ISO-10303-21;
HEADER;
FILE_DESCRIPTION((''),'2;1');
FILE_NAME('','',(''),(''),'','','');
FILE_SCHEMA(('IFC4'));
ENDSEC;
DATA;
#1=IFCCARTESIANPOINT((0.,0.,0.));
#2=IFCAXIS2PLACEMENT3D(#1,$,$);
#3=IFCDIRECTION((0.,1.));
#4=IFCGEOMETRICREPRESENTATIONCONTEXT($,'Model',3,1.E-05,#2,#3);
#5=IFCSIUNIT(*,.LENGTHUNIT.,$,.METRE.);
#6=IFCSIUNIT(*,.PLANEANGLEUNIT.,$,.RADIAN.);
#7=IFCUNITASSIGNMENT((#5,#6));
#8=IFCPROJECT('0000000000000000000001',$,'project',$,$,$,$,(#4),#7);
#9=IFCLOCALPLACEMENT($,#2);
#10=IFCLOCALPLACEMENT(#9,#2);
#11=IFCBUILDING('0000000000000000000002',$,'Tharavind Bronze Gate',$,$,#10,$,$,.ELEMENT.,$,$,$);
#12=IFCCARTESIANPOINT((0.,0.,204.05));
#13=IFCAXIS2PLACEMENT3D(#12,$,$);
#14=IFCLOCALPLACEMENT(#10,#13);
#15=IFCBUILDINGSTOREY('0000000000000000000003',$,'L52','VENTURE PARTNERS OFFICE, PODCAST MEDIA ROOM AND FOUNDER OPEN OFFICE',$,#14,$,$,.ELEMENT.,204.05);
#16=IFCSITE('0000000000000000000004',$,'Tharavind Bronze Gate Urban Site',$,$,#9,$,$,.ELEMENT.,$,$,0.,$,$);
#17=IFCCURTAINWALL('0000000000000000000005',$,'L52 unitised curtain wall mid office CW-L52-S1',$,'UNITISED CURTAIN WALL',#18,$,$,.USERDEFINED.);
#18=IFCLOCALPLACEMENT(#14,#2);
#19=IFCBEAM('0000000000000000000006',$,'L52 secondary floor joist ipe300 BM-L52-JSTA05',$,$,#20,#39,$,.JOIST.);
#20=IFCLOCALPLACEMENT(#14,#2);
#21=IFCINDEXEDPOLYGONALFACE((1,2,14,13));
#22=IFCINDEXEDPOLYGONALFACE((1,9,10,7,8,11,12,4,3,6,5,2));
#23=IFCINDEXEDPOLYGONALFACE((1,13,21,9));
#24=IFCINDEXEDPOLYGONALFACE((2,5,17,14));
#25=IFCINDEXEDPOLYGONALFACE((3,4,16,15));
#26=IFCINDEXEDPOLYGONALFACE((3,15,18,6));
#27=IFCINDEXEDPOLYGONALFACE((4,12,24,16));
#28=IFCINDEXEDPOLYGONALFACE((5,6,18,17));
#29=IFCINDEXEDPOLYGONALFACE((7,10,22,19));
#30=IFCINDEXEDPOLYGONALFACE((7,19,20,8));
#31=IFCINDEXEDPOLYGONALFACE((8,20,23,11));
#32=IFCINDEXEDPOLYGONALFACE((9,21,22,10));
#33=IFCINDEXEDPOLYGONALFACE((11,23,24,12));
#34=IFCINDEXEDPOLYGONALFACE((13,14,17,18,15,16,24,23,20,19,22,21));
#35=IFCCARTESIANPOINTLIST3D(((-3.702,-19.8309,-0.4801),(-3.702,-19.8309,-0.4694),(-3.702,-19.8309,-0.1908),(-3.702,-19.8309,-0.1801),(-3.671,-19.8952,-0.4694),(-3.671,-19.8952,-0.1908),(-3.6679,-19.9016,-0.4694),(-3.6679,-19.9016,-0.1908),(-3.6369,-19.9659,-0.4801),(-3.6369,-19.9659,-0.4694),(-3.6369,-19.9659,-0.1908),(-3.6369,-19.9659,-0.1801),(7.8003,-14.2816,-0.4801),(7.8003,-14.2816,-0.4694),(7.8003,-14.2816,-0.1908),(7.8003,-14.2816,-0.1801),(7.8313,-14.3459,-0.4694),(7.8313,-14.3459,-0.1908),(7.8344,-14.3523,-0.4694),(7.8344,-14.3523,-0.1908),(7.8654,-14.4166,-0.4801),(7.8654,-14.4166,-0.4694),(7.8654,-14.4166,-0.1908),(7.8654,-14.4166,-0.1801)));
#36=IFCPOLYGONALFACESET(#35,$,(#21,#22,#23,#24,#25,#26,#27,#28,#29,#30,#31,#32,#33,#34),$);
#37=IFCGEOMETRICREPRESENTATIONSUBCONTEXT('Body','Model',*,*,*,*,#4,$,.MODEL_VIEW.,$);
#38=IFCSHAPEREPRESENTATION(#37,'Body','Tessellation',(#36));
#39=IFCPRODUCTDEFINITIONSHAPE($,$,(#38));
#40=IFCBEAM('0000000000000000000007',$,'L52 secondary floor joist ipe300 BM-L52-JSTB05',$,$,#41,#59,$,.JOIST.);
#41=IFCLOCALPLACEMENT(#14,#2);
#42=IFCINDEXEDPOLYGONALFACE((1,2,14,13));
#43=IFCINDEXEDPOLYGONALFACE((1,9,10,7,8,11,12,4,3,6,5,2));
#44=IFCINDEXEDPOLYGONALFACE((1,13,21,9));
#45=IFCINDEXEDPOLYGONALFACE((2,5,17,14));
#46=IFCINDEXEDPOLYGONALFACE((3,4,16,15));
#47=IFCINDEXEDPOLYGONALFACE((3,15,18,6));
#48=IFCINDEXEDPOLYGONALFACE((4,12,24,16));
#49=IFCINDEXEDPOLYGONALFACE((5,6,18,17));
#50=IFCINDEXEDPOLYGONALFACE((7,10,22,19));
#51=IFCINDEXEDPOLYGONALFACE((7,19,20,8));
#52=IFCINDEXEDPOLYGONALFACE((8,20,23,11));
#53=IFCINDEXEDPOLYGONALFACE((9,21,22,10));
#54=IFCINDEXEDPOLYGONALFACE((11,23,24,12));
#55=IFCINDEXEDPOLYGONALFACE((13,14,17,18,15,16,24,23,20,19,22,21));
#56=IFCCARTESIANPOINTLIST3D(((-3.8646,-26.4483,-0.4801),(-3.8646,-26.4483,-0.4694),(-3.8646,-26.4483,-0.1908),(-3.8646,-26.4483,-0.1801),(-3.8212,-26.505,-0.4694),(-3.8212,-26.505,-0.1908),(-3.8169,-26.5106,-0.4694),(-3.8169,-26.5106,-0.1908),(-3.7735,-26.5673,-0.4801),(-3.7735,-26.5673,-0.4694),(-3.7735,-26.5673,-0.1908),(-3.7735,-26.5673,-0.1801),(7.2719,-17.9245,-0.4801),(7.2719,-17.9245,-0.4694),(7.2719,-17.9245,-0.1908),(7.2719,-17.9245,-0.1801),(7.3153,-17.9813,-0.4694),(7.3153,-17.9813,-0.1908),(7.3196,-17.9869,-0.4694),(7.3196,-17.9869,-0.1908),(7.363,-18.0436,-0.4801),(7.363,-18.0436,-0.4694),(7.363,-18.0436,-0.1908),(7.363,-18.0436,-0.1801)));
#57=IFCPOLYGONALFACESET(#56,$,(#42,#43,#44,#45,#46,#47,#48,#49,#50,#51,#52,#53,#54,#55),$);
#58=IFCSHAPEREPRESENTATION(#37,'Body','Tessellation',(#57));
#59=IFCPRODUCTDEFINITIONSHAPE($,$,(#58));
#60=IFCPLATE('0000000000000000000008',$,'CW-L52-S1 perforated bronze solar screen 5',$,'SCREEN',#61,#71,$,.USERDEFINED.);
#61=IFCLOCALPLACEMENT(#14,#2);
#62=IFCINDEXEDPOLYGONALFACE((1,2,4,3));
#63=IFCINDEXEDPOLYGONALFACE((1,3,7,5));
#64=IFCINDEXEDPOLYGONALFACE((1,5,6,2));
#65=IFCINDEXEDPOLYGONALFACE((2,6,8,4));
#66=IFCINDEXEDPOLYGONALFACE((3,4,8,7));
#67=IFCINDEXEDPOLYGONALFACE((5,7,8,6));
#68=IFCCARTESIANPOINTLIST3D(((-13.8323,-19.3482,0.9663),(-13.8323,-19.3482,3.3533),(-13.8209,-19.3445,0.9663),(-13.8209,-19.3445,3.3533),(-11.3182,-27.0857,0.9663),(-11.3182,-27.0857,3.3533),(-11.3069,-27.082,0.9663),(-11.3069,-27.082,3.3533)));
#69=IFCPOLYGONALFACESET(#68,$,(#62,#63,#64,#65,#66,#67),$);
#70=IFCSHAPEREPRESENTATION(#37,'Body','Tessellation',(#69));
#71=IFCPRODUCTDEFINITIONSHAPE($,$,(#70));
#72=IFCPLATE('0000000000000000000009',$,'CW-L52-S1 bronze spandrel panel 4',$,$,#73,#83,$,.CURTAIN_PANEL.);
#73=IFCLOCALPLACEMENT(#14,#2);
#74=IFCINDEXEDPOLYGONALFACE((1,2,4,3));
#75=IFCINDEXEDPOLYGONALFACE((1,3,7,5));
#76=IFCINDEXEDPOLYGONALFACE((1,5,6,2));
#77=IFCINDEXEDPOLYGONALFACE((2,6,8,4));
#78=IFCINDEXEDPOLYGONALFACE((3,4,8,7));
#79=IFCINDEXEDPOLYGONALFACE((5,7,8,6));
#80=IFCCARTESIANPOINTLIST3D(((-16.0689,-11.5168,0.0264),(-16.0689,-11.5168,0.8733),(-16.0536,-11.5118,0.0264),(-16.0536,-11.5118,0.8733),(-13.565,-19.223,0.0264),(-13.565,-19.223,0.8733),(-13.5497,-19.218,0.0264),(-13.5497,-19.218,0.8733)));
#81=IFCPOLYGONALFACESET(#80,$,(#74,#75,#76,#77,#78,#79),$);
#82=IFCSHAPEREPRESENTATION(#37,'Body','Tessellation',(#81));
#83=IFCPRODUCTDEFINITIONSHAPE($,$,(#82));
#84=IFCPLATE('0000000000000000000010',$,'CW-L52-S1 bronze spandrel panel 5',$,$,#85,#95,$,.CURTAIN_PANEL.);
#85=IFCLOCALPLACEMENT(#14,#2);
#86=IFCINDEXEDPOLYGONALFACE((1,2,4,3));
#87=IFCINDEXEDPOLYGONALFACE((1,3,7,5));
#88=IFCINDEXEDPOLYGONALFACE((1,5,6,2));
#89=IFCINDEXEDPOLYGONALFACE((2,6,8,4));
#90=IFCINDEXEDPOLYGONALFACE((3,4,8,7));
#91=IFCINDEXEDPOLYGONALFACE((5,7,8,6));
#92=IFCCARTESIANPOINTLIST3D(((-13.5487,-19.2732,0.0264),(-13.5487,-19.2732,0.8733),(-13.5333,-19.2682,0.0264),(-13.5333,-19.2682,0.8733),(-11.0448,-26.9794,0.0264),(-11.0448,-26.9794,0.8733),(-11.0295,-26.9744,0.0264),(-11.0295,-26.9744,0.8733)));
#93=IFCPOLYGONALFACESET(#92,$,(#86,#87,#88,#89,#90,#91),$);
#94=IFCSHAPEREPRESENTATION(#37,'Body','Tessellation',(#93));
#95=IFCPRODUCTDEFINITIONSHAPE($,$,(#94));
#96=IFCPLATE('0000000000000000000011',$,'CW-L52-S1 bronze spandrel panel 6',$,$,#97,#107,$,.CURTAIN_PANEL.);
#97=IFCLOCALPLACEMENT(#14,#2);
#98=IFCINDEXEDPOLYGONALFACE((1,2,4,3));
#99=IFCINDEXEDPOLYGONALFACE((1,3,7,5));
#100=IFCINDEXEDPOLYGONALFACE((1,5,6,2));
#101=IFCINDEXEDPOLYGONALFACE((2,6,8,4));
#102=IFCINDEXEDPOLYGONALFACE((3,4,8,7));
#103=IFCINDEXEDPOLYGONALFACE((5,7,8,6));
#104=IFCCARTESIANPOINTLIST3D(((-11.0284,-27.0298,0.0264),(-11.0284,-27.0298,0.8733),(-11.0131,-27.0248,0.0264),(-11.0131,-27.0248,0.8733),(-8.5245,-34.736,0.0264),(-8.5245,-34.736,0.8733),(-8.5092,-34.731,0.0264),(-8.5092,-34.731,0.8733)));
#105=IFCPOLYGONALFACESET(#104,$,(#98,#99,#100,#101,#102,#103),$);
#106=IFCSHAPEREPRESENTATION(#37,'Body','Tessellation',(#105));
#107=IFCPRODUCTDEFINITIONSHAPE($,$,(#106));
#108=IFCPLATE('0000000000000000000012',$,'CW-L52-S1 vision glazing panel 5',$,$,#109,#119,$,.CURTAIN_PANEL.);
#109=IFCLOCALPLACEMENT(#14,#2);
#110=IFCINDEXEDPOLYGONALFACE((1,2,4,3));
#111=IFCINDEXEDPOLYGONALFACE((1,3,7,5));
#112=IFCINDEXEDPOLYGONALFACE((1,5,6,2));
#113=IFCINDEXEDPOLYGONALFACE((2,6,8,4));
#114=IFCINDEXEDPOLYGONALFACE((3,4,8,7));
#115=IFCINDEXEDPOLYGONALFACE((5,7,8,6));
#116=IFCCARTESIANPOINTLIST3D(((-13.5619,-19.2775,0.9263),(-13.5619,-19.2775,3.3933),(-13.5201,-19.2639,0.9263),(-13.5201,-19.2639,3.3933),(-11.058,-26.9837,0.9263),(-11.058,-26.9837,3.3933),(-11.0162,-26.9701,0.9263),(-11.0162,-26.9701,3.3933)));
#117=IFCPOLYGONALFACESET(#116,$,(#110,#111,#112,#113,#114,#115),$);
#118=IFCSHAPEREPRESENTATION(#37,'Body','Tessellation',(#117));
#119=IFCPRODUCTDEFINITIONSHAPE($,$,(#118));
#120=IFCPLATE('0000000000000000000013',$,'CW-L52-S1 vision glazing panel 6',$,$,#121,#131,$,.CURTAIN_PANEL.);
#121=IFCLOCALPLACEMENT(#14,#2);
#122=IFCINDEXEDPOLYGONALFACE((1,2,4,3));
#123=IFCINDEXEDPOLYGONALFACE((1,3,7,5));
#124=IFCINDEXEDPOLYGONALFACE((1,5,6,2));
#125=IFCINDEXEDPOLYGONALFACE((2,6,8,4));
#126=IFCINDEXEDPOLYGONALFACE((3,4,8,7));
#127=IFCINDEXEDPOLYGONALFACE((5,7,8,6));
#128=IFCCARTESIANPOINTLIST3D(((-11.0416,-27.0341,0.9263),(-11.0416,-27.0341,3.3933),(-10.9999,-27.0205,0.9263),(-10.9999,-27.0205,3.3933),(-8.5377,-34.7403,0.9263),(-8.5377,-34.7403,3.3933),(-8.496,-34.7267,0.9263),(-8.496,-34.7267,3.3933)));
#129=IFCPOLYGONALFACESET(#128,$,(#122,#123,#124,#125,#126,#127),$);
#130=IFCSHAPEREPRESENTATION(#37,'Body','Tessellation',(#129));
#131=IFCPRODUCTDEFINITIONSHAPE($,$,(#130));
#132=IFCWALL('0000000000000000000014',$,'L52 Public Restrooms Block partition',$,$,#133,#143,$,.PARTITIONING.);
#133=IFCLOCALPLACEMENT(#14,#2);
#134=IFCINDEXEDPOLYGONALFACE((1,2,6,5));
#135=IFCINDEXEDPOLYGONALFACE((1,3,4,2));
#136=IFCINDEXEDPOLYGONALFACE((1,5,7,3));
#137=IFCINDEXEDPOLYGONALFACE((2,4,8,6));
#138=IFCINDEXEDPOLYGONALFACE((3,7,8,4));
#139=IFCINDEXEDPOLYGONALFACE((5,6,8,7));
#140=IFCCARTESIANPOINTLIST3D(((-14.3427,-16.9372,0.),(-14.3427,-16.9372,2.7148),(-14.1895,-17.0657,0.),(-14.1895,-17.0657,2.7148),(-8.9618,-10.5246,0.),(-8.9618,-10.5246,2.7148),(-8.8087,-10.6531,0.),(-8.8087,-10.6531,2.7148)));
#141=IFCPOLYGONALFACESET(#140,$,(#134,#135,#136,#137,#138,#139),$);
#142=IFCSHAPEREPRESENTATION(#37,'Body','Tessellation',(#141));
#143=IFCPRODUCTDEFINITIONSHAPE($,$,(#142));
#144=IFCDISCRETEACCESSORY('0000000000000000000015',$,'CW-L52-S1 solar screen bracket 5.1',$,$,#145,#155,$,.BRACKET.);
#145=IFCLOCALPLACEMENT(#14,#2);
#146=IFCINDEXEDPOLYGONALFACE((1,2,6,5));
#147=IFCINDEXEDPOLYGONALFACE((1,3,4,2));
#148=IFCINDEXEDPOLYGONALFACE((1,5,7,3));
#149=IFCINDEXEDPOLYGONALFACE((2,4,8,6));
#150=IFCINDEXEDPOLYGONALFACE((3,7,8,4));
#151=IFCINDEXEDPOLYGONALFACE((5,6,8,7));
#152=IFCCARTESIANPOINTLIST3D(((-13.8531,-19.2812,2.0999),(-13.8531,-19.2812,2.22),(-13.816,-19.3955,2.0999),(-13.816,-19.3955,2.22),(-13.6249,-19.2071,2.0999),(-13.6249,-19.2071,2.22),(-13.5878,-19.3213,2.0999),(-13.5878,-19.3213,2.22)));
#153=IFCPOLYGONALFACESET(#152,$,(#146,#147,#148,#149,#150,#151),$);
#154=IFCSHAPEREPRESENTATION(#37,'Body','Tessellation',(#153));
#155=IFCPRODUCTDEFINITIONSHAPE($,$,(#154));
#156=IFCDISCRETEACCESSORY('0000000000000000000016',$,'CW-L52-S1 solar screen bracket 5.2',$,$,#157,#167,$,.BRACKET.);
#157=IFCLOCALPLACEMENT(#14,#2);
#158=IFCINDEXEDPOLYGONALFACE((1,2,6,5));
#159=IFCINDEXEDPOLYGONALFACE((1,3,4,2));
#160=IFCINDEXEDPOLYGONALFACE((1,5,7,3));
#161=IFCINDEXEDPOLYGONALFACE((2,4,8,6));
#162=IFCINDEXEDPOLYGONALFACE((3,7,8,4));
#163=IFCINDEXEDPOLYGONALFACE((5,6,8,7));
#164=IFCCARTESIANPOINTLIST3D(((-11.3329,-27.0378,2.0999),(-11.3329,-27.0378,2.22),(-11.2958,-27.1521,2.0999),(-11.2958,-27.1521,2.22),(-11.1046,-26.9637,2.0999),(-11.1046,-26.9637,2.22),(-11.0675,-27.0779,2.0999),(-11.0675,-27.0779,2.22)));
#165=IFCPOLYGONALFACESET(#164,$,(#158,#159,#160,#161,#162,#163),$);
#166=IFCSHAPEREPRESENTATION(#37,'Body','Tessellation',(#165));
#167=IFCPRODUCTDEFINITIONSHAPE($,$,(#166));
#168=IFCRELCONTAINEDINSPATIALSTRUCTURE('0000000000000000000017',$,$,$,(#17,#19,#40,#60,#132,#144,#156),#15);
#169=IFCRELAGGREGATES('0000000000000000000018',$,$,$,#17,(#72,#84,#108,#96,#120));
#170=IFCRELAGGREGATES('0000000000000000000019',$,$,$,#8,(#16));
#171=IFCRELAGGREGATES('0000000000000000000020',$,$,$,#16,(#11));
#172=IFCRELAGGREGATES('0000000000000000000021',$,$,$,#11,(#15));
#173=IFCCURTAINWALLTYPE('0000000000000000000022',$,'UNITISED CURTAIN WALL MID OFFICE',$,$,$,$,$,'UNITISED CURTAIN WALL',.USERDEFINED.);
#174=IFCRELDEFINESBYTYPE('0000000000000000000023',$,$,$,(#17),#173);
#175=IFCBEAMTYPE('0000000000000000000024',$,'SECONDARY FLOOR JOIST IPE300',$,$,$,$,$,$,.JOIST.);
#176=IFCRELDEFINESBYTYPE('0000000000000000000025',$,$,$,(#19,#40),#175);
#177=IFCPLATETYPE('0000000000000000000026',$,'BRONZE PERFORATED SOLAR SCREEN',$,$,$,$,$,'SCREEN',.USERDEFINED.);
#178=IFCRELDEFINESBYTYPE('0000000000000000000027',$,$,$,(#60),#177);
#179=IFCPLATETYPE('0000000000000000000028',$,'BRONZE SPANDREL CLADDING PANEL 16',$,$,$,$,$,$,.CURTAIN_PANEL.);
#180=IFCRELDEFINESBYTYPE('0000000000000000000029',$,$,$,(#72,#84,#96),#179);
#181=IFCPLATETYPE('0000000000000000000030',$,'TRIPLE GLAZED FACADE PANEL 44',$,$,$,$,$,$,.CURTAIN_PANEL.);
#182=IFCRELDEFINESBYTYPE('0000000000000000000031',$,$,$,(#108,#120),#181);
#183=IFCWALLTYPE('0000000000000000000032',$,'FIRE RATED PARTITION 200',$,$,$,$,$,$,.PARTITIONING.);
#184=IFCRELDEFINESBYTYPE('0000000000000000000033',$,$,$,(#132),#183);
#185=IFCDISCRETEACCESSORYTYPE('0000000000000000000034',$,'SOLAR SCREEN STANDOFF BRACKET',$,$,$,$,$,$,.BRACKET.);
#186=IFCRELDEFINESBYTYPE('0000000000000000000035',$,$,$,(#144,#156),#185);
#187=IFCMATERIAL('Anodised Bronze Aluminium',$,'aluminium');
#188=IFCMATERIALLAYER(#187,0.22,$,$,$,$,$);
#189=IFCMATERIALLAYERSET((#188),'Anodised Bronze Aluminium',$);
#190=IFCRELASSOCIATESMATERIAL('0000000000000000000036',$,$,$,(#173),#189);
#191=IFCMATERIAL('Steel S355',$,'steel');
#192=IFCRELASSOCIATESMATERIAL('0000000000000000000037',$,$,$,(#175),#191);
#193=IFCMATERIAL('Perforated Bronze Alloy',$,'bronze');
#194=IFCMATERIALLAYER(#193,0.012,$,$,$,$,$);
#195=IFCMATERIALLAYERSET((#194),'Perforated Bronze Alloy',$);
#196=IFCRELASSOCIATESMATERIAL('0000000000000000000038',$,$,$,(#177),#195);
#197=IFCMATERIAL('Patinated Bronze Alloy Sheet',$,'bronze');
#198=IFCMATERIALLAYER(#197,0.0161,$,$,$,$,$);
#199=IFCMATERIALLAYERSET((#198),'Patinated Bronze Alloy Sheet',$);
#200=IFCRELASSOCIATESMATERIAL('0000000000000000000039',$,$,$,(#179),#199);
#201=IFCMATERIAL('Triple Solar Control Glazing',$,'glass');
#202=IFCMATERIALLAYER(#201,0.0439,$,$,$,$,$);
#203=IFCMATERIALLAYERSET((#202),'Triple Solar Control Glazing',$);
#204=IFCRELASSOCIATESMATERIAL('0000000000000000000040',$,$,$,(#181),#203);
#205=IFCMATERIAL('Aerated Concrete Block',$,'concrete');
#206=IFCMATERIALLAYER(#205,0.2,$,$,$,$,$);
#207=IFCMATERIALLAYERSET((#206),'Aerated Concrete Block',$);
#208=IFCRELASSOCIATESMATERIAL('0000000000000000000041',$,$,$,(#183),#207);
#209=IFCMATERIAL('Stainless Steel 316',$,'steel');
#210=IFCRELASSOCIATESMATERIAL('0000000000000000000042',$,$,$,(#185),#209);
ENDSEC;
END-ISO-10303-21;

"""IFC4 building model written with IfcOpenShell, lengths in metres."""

from ifc_helpers import new_model, si_unit, direction, frame, frame_2d, origin, origin_2d, place, context, subcontext, project, spatial, rectangle, i_section, extrude, material, layer, layer_set, material_profile, profile_set, type_object, element, aggregate, save


model = new_model("IFC4")

# Units and contexts
model_context = context("Model", 3, precision=1e-05, world=origin(), true_north=direction((0.0, 1.0)))
body_context = subcontext(model_context, "Body", "Model", "MODEL_VIEW")
ifc_project = project(units=[si_unit("LENGTHUNIT", "METRE"), si_unit("PLANEANGLEUNIT", "RADIAN")], contexts=[model_context])

# Site, building, storey
site_placement = place(None, origin())
site = spatial("IfcSite", under=ifc_project, at=site_placement, Name="Tharavind Bronze Gate Urban Site", CompositionType="ELEMENT", RefElevation=0.0)
building_placement = place(site_placement, origin())
building = spatial("IfcBuilding", under=site, at=building_placement, Name="Tharavind Bronze Gate", CompositionType="ELEMENT")
storey_placement = place(building_placement, frame((0.0, 0.0, 204.05)))
storey = spatial("IfcBuildingStorey", under=building, at=storey_placement, Name="L52", Description="VENTURE PARTNERS OFFICE, PODCAST MEDIA ROOM AND FOUNDER OPEN OFFICE", CompositionType="ELEMENT", Elevation=204.05)

# Curtain wall
ifc_material_1 = material(Name="Anodised Bronze Aluminium", Category="aluminium")
ifc_layer_1 = layer(ifc_material_1, 0.22)
ifc_layer_set_1 = layer_set([ifc_layer_1], Name="Anodised Bronze Aluminium")
curtain_wall_type = type_object("IfcCurtainWallType", Name="UNITISED CURTAIN WALL MID OFFICE", ElementType="UNITISED CURTAIN WALL", PredefinedType="USERDEFINED", material=ifc_layer_set_1)
curtain_wall_placement = place(storey_placement, origin())
curtain_wall = element("IfcCurtainWall", 1, at=curtain_wall_placement, inside=storey, type_object=curtain_wall_type, Name="L52 unitised curtain wall mid office CW-L52-S1", ObjectType="UNITISED CURTAIN WALL", PredefinedType="USERDEFINED")

# Beams
ifc_material_2 = material(Name="Steel S355", Category="steel")
ifc_material_profile_1 = material_profile(ifc_material_2, i_section(OverallWidth=0.1499, OverallDepth=0.3, WebThickness=0.0071, FlangeThickness=0.0107, at=origin_2d()), Name="IPE300")
ifc_profile_set_1 = profile_set([ifc_material_profile_1], Name="Steel S355")
beam_type_1 = type_object("IfcBeamType", Name="SECONDARY FLOOR JOIST IPE300", PredefinedType="JOIST", material=ifc_profile_set_1)
beam_1_placement = place(storey_placement, frame((-3.6694, -19.8984, -0.3301), z_axis=(0.900658, 0.434529, 0.0), x_axis=(-0.434529, 0.900658, 0.0)))
element("IfcBeam", 2, at=beam_1_placement, inside=storey, type_object=beam_type_1, Name="L52 secondary floor joist ipe300 BM-L52-JSTA05", PredefinedType="JOIST", context=body_context, shape_type="SweptSolid", body=[
    extrude(i_section(OverallWidth=0.1499, OverallDepth=0.3, WebThickness=0.0071, FlangeThickness=0.0107, at=origin_2d()), origin(), (0.0, 0.0, 1.0), 12.771),
])
beam_2_placement = place(storey_placement, frame((-3.8191, -26.5078, -0.3301), z_axis=(0.794098, 0.60779, 0.0), x_axis=(-0.60779, 0.794098, 0.0)))
element("IfcBeam", 3, at=beam_2_placement, inside=storey, type_object=beam_type_1, Name="L52 secondary floor joist ipe300 BM-L52-JSTB05", PredefinedType="JOIST", context=body_context, shape_type="SweptSolid", body=[
    extrude(i_section(OverallWidth=0.1499, OverallDepth=0.3, WebThickness=0.0071, FlangeThickness=0.0107, at=origin_2d()), origin(), (0.0, 0.0, 1.0), 14.0242),
])

# Plates
ifc_material_3 = material(Name="Perforated Bronze Alloy", Category="bronze")
ifc_layer_2 = layer(ifc_material_3, 0.012)
ifc_layer_set_2 = layer_set([ifc_layer_2], Name="Perforated Bronze Alloy")
plate_type_1 = type_object("IfcPlateType", Name="BRONZE PERFORATED SOLAR SCREEN", ElementType="SCREEN", PredefinedType="USERDEFINED", material=ifc_layer_set_2)
plate_1_placement = place(storey_placement, frame((-12.5696, -23.2151, 0.9663), z_axis=(0.0, 0.0, 1.0), x_axis=(0.309017, -0.951057, 0.0)))
element("IfcPlate", 4, at=plate_1_placement, inside=storey, type_object=plate_type_1, Name="CW-L52-S1 perforated bronze solar screen 5", ObjectType="SCREEN", PredefinedType="USERDEFINED", context=body_context, shape_type="SweptSolid", body=[
    extrude(rectangle(XDim=8.1357, YDim=0.012, at=origin_2d()), origin(), (0.0, 0.0, 1.0), 2.387),
])
ifc_material_4 = material(Name="Patinated Bronze Alloy Sheet", Category="bronze")
ifc_layer_3 = layer(ifc_material_4, 0.0161)
ifc_layer_set_3 = layer_set([ifc_layer_3], Name="Patinated Bronze Alloy Sheet")
plate_type_2 = type_object("IfcPlateType", Name="BRONZE SPANDREL CLADDING PANEL 16", PredefinedType="CURTAIN_PANEL", material=ifc_layer_set_3)
plate_2_placement = place(storey_placement, frame((-14.8093, -15.3674, 0.0264), z_axis=(0.0, 0.0, 1.0), x_axis=(0.309017, -0.951057, 0.0)))
plate_2 = element("IfcPlate", 5, at=plate_2_placement, type_object=plate_type_2, Name="CW-L52-S1 bronze spandrel panel 4", PredefinedType="CURTAIN_PANEL", context=body_context, shape_type="SweptSolid", body=[
    extrude(rectangle(XDim=8.1028, YDim=0.0161, at=origin_2d()), origin(), (0.0, 0.0, 1.0), 0.8469),
])
plate_3_placement = place(storey_placement, frame((-12.2891, -23.1238, 0.0264), z_axis=(0.0, 0.0, 1.0), x_axis=(0.309017, -0.951057, 0.0)))
plate_3 = element("IfcPlate", 6, at=plate_3_placement, type_object=plate_type_2, Name="CW-L52-S1 bronze spandrel panel 5", PredefinedType="CURTAIN_PANEL", context=body_context, shape_type="SweptSolid", body=[
    extrude(rectangle(XDim=8.1028, YDim=0.0161, at=origin_2d()), origin(), (0.0, 0.0, 1.0), 0.8469),
])
plate_4_placement = place(storey_placement, frame((-9.7688, -30.8804, 0.0264), z_axis=(0.0, 0.0, 1.0), x_axis=(0.309017, -0.951057, 0.0)))
plate_4 = element("IfcPlate", 7, at=plate_4_placement, type_object=plate_type_2, Name="CW-L52-S1 bronze spandrel panel 6", PredefinedType="CURTAIN_PANEL", context=body_context, shape_type="SweptSolid", body=[
    extrude(rectangle(XDim=8.1028, YDim=0.0161, at=origin_2d()), origin(), (0.0, 0.0, 1.0), 0.8469),
])
ifc_material_5 = material(Name="Triple Solar Control Glazing", Category="glass")
ifc_layer_4 = layer(ifc_material_5, 0.0439)
ifc_layer_set_4 = layer_set([ifc_layer_4], Name="Triple Solar Control Glazing")
plate_type_3 = type_object("IfcPlateType", Name="TRIPLE GLAZED FACADE PANEL 44", PredefinedType="CURTAIN_PANEL", material=ifc_layer_set_4)
plate_5_placement = place(storey_placement, frame((-12.2891, -23.1238, 0.9263), z_axis=(0.0, 0.0, 1.0), x_axis=(0.309017, -0.951057, 0.0)))
plate_5 = element("IfcPlate", 8, at=plate_5_placement, type_object=plate_type_3, Name="CW-L52-S1 vision glazing panel 5", PredefinedType="CURTAIN_PANEL", context=body_context, shape_type="SweptSolid", body=[
    extrude(rectangle(XDim=8.1028, YDim=0.0439, at=origin_2d()), origin(), (0.0, 0.0, 1.0), 2.467),
])
plate_6_placement = place(storey_placement, frame((-9.7688, -30.8804, 0.9263), z_axis=(0.0, 0.0, 1.0), x_axis=(0.309017, -0.951057, 0.0)))
plate_6 = element("IfcPlate", 9, at=plate_6_placement, type_object=plate_type_3, Name="CW-L52-S1 vision glazing panel 6", PredefinedType="CURTAIN_PANEL", context=body_context, shape_type="SweptSolid", body=[
    extrude(rectangle(XDim=8.1028, YDim=0.0439, at=origin_2d()), origin(), (0.0, 0.0, 1.0), 2.467),
])
aggregate(curtain_wall, [plate_2, plate_3, plate_5, plate_4, plate_6])

# Wall
ifc_material_6 = material(Name="Aerated Concrete Block", Category="concrete")
ifc_layer_5 = layer(ifc_material_6, 0.2)
ifc_layer_set_5 = layer_set([ifc_layer_5], Name="Aerated Concrete Block")
wall_type = type_object("IfcWallType", Name="FIRE RATED PARTITION 200", PredefinedType="PARTITIONING", material=ifc_layer_set_5)
wall_placement = place(storey_placement, frame((-14.2661, -17.0015, 0.0), z_axis=(0.0, 0.0, 1.0), x_axis=(0.642791, 0.766041, 0.0)))
element("IfcWall", 10, at=wall_placement, inside=storey, type_object=wall_type, Name="L52 Public Restrooms Block partition", PredefinedType="PARTITIONING", context=body_context, shape_type="SweptSolid", body=[
    extrude(rectangle(XDim=8.3711, YDim=0.2, at=frame_2d((4.1855, 0.0))), origin(), (0.0, 0.0, 1.0), 2.7148),
])

# Discrete accessories
ifc_material_7 = material(Name="Stainless Steel 316", Category="steel")
discrete_accessory_type = type_object("IfcDiscreteAccessoryType", Name="SOLAR SCREEN STANDOFF BRACKET", PredefinedType="BRACKET", material=ifc_material_7)
for number, where, z_axis, x_axis, name in (
    (11, (-13.7205, -19.3013, 2.0999), (0.0, 0.0, 1.0), (0.309017, -0.951057, 0.0), "CW-L52-S1 solar screen bracket 5.1"),
    (12, (-11.2002, -27.0579, 2.0999), (0.0, 0.0, 1.0), (0.309017, -0.951057, 0.0), "CW-L52-S1 solar screen bracket 5.2"),
):
    element("IfcDiscreteAccessory", number, at=place(storey_placement, frame(where, z_axis=z_axis, x_axis=x_axis)), inside=storey, type_object=discrete_accessory_type, Name=name, PredefinedType="BRACKET", context=body_context, shape_type="SweptSolid", body=[
        extrude(rectangle(XDim=0.1201, YDim=0.24, at=origin_2d()), origin(), (0.0, 0.0, 1.0), 0.1201),
    ])

save(model, "model.ifc")
